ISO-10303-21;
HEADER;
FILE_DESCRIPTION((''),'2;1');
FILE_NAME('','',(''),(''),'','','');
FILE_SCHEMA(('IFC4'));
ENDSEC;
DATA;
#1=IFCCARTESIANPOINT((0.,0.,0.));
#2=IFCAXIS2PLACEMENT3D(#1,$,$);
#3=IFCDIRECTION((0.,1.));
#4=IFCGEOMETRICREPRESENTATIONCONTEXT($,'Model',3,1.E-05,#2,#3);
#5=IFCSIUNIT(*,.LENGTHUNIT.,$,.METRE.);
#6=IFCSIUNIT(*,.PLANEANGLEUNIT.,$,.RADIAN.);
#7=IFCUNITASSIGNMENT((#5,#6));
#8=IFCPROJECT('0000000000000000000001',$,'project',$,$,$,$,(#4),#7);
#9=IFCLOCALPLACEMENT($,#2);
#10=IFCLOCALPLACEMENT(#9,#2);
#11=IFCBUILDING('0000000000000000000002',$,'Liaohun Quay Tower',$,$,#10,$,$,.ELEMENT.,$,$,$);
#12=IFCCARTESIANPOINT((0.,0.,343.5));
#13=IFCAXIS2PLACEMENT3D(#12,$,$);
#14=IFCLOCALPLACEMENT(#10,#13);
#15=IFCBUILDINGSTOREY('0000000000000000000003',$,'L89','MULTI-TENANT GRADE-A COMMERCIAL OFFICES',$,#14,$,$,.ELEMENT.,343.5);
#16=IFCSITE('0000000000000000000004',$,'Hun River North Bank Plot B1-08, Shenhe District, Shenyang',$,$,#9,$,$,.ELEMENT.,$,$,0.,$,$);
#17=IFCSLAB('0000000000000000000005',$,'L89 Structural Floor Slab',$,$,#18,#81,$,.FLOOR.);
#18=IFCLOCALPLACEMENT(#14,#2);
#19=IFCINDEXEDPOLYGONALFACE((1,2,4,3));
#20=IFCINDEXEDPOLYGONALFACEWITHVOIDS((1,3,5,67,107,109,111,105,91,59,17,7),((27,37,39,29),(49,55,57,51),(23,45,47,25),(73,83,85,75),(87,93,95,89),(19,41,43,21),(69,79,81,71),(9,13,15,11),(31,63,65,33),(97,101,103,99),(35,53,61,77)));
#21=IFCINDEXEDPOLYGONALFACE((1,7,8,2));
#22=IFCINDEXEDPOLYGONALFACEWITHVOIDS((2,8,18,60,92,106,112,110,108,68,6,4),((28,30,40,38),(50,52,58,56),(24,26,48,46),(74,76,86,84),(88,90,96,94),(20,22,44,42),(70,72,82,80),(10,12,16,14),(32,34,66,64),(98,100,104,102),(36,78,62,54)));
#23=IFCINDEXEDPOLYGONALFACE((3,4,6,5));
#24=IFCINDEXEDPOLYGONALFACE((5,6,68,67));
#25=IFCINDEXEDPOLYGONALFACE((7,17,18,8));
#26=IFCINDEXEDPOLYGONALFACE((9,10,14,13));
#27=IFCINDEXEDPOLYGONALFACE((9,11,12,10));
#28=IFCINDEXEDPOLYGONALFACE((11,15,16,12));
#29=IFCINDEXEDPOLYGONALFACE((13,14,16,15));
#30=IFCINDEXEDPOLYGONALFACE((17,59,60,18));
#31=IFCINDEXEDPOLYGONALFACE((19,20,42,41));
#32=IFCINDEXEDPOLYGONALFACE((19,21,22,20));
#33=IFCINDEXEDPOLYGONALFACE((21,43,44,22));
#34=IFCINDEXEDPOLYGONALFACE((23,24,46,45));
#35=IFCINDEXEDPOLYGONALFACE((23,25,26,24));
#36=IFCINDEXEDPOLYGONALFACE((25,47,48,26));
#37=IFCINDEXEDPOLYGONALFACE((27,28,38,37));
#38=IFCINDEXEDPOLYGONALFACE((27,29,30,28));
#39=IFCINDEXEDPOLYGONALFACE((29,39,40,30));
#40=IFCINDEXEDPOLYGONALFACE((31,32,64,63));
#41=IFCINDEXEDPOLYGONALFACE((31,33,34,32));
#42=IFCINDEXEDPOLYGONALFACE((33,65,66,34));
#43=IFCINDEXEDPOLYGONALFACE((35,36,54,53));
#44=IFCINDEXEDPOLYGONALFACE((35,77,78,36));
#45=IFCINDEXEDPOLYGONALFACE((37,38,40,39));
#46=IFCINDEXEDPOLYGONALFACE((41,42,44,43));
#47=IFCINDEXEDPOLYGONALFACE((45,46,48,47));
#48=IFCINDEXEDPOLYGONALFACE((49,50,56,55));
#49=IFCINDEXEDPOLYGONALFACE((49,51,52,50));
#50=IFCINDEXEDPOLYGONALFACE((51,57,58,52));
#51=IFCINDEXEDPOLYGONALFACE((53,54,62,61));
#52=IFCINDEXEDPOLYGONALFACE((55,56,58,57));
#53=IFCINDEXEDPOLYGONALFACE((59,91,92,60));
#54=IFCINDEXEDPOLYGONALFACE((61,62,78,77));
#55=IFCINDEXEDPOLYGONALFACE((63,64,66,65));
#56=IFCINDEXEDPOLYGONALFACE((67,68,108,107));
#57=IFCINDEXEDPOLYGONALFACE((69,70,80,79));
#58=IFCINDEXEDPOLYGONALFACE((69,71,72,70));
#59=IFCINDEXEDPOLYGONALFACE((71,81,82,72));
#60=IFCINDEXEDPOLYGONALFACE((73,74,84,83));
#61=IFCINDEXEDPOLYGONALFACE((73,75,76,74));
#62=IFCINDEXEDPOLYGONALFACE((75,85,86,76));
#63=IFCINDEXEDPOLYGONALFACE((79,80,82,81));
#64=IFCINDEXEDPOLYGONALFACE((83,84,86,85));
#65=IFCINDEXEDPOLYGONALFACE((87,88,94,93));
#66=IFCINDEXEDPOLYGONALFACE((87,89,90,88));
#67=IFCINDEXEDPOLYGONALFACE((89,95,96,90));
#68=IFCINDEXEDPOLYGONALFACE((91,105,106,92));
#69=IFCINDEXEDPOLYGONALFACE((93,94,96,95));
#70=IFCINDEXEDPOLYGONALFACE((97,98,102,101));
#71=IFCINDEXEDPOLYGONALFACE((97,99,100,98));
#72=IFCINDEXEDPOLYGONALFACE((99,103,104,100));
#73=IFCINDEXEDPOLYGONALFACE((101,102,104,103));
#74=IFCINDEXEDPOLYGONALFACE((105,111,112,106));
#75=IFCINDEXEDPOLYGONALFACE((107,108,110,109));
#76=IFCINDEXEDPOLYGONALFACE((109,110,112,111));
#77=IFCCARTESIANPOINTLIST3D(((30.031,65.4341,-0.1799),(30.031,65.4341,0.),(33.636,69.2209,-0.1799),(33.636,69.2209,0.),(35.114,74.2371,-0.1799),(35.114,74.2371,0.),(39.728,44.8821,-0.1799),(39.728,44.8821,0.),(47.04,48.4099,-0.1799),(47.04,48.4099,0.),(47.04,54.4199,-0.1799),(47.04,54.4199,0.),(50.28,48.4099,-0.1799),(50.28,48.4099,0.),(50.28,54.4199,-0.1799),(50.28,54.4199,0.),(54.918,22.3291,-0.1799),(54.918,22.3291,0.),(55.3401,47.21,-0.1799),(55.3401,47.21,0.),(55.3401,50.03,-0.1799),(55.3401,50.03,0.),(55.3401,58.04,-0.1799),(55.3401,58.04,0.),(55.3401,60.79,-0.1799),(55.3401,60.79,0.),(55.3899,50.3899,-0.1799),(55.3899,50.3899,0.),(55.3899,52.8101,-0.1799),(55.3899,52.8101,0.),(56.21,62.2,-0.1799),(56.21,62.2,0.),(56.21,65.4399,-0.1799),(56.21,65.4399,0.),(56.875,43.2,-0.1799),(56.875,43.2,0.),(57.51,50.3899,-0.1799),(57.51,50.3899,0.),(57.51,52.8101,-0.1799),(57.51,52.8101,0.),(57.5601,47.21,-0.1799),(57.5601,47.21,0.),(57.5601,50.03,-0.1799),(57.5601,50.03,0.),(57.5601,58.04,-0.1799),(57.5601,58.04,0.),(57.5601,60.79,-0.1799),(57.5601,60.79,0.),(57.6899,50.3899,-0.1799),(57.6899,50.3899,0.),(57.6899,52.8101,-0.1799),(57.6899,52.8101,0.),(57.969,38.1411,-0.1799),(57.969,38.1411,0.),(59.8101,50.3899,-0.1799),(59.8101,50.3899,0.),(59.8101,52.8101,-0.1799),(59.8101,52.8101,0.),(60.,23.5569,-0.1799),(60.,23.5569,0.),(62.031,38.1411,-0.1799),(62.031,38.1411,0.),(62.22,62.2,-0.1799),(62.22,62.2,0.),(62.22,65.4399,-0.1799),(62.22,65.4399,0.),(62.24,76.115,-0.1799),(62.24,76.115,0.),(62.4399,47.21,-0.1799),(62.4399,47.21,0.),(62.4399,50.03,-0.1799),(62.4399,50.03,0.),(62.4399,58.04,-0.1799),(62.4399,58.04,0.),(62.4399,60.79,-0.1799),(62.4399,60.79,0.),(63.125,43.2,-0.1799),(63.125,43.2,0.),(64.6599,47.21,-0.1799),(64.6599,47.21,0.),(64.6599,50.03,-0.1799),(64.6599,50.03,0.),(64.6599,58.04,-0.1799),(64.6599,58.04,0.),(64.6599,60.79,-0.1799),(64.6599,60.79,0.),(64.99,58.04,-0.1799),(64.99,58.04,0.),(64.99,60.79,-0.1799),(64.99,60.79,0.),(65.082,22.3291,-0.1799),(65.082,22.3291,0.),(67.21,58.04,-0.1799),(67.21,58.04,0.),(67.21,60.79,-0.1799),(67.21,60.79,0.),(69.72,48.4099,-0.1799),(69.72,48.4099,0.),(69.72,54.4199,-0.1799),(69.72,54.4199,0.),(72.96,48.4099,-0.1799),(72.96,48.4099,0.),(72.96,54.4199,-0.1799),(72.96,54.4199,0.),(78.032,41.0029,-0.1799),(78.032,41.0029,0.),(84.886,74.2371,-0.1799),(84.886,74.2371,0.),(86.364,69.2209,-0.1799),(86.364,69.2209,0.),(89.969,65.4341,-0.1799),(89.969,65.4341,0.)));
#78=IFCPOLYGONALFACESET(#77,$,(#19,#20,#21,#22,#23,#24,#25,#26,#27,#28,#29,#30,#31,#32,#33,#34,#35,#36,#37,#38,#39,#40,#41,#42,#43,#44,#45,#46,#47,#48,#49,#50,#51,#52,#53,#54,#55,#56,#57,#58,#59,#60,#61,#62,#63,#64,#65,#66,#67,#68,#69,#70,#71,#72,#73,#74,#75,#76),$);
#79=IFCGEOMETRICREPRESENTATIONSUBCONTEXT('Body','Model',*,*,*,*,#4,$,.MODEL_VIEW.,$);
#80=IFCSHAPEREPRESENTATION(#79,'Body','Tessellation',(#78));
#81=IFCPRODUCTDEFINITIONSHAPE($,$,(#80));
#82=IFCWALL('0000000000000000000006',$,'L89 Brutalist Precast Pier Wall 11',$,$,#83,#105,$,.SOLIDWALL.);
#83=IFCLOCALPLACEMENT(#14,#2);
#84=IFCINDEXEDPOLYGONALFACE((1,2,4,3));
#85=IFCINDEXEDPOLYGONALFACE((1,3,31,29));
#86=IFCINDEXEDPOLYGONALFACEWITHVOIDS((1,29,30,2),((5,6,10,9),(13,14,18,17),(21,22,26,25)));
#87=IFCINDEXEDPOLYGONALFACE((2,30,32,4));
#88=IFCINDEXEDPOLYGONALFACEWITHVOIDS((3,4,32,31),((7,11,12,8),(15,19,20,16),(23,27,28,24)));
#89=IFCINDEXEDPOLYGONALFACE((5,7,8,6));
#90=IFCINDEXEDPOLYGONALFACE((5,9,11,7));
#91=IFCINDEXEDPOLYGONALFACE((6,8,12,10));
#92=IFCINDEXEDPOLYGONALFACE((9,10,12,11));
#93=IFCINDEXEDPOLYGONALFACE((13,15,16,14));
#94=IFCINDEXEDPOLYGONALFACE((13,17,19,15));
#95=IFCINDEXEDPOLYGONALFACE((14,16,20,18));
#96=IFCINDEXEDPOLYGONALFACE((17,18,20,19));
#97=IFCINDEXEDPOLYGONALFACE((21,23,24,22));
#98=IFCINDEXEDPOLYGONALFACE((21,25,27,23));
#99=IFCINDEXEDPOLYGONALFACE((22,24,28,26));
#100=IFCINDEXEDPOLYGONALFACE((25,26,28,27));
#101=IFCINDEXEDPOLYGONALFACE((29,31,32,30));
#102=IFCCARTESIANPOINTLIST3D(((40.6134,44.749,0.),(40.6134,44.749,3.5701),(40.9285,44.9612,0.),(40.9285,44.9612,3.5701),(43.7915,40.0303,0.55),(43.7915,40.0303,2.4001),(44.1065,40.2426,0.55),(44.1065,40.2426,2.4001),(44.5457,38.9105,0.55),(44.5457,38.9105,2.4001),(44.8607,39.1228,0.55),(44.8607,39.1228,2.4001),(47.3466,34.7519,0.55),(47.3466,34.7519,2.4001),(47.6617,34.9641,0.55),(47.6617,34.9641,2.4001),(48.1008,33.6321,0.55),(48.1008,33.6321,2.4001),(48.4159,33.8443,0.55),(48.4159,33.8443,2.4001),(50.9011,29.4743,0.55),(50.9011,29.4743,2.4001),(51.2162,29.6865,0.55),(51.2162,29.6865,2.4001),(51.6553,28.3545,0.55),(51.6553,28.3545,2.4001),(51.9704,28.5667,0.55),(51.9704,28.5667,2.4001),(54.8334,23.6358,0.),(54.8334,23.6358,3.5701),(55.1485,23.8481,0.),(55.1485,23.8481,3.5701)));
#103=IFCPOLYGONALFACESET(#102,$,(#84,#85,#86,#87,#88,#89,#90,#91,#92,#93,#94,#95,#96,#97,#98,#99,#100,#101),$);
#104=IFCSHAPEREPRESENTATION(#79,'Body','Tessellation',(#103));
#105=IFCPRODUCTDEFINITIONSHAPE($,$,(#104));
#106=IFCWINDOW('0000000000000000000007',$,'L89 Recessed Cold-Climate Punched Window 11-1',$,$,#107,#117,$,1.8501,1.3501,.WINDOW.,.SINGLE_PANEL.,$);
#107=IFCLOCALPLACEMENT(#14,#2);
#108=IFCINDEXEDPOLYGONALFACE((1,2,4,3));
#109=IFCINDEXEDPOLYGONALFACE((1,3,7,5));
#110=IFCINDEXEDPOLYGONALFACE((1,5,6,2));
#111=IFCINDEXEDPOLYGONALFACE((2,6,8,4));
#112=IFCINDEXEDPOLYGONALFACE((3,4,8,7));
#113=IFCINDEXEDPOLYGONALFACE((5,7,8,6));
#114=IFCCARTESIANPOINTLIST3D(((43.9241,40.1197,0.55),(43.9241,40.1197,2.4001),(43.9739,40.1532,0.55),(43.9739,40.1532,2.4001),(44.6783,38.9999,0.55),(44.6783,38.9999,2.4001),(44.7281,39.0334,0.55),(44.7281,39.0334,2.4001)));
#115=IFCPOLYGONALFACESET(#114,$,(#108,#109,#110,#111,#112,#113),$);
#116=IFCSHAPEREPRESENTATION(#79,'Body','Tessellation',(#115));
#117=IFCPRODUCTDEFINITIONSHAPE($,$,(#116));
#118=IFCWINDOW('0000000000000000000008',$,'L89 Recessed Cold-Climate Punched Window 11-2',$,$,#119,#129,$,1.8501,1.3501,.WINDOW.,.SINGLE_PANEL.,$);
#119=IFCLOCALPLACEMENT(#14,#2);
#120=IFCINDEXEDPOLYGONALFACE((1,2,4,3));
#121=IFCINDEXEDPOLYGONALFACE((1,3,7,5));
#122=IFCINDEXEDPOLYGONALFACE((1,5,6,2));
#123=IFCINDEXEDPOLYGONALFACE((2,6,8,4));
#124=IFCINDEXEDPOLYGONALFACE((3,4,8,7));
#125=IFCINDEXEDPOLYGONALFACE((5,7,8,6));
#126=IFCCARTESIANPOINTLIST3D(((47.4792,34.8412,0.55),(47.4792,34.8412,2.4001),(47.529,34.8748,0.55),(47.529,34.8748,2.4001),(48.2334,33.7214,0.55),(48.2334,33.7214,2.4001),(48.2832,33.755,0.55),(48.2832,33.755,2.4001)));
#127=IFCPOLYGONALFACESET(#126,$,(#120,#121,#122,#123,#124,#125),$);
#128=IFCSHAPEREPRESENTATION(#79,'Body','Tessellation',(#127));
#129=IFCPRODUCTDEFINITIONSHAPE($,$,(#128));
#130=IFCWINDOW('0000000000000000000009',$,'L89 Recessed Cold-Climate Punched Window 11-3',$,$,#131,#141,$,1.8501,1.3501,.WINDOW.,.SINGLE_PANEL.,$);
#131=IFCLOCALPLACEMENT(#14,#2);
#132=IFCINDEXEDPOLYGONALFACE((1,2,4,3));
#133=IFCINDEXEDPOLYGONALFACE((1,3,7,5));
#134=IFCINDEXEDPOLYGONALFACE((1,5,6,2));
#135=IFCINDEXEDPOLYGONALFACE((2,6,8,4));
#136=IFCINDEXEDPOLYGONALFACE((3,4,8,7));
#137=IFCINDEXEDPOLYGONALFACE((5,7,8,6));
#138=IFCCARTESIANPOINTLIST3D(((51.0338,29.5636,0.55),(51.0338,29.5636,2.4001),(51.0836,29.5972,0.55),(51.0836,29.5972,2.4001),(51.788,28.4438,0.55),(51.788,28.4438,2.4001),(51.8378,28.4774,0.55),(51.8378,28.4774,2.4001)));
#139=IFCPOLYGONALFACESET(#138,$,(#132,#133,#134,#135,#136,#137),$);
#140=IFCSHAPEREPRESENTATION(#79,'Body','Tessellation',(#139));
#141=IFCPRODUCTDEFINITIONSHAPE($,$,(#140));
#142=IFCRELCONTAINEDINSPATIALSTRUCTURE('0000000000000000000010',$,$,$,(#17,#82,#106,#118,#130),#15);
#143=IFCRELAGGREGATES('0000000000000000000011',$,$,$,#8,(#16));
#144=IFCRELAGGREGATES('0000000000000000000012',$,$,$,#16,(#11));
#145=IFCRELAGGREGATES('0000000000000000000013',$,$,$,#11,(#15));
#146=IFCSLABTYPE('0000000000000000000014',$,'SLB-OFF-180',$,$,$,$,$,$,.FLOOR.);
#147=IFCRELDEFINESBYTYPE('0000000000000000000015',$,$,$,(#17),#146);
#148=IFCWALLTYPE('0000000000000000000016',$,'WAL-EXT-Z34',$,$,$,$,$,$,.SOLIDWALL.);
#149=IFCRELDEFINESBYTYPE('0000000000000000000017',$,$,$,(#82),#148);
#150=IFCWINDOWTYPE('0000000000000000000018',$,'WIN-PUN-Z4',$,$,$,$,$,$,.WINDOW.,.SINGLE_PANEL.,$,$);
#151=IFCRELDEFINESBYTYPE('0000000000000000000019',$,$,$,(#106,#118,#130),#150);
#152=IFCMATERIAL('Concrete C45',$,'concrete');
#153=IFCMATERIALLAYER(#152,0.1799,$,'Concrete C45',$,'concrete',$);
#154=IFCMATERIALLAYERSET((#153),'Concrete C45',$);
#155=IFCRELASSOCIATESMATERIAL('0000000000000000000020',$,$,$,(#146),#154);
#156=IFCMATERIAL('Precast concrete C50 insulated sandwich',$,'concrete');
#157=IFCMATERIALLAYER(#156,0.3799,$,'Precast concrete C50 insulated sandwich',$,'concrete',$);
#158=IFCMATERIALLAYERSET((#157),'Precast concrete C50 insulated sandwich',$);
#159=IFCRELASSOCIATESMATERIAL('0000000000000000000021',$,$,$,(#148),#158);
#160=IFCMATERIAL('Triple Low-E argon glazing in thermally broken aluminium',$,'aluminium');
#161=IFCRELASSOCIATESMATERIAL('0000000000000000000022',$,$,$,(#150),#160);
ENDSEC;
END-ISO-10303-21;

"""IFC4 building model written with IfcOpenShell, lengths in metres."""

from ifc_helpers import new_model, si_unit, direction, frame, frame_2d, origin, place, context, subcontext, project, spatial, polyline, rectangle, outline, extrude, source, transform, mapped, material, layer, layer_set, type_object, element, fill, save


model = new_model("IFC4")

# Units and contexts
model_context = context("Model", 3, precision=1e-05, world=origin(), true_north=direction((0.0, 1.0)))
body_context = subcontext(model_context, "Body", "Model", "MODEL_VIEW")
ifc_project = project(units=[si_unit("LENGTHUNIT", "METRE"), si_unit("PLANEANGLEUNIT", "RADIAN")], contexts=[model_context])

# Site, building, storey
site_placement = place(None, origin())
site = spatial("IfcSite", under=ifc_project, at=site_placement, Name="Hun River North Bank Plot B1-08, Shenhe District, Shenyang", CompositionType="ELEMENT", RefElevation=0.0)
building_placement = place(site_placement, origin())
building = spatial("IfcBuilding", under=site, at=building_placement, Name="Liaohun Quay Tower", CompositionType="ELEMENT")
storey_placement = place(building_placement, frame((0.0, 0.0, 343.5)))
storey = spatial("IfcBuildingStorey", under=building, at=storey_placement, Name="L89", Description="MULTI-TENANT GRADE-A COMMERCIAL OFFICES", CompositionType="ELEMENT", Elevation=343.5)

# Shared definitions
ifc_material_1 = material(Name="Concrete C45", Category="concrete")

# Slab
ifc_layer_1 = layer(ifc_material_1, 0.1799, Name="Concrete C45", Category="concrete")
ifc_layer_set_1 = layer_set([ifc_layer_1], Name="Concrete C45")
slab_type_1 = type_object("IfcSlabType", Name="SLB-OFF-180", PredefinedType="FLOOR", material=ifc_layer_set_1)
slab_1_placement = place(storey_placement, frame((0.0, 0.0, -0.1799)))
element("IfcSlab", 1, at=slab_1_placement, inside=storey, type_object=slab_type_1, Name="L89 Structural Floor Slab", PredefinedType="FLOOR", context=body_context, shape_type="SweptSolid", body=[
    extrude(outline(polyline([(54.918, 22.3291), (60.0, 23.5569), (65.082, 22.3291), (78.032, 41.0029), (89.969, 65.4341), (86.364, 69.2209), (84.886, 74.2371), (62.24, 76.115), (35.114, 74.2371), (33.636, 69.2209), (30.031, 65.4341), (39.728, 44.8821), (54.918, 22.3291)]), holes=[polyline([(57.5601, 50.03), (55.3401, 50.03), (55.3401, 47.21), (57.5601, 47.21), (57.5601, 50.03)]), polyline([(47.04, 54.4199), (47.04, 48.4099), (50.28, 48.4099), (50.28, 54.4199), (47.04, 54.4199)]), polyline([(57.51, 52.8101), (55.3899, 52.8101), (55.3899, 50.3899), (57.51, 50.3899), (57.51, 52.8101)]), polyline([(59.8101, 50.3899), (59.8101, 52.8101), (57.6899, 52.8101), (57.6899, 50.3899), (59.8101, 50.3899)]), polyline([(57.5601, 58.04), (57.5601, 60.79), (55.3401, 60.79), (55.3401, 58.04), (57.5601, 58.04)]), polyline([(62.22, 65.4399), (56.21, 65.4399), (56.21, 62.2), (62.22, 62.2), (62.22, 65.4399)]), polyline([(62.031, 38.1411), (63.125, 43.2), (56.875, 43.2), (57.969, 38.1411), (62.031, 38.1411)]), polyline([(64.6599, 47.21), (64.6599, 50.03), (62.4399, 50.03), (62.4399, 47.21), (64.6599, 47.21)]), polyline([(69.72, 54.4199), (69.72, 48.4099), (72.96, 48.4099), (72.96, 54.4199), (69.72, 54.4199)]), polyline([(64.6599, 58.04), (64.6599, 60.79), (62.4399, 60.79), (62.4399, 58.04), (64.6599, 58.04)]), polyline([(67.21, 58.04), (67.21, 60.79), (64.99, 60.79), (64.99, 58.04), (67.21, 58.04)])]), origin(), (0.0, 0.0, 1.0), 0.1799),
])

# Wall, openings, windows
ifc_material_2 = material(Name="Precast concrete C50 insulated sandwich", Category="concrete")
ifc_layer_2 = layer(ifc_material_2, 0.3799, Name="Precast concrete C50 insulated sandwich", Category="concrete")
ifc_layer_set_2 = layer_set([ifc_layer_2], Name="Precast concrete C50 insulated sandwich")
wall_type_1 = type_object("IfcWallType", Name="WAL-EXT-Z34", PredefinedType="SOLIDWALL", material=ifc_layer_set_2)
wall_1_placement = place(storey_placement, frame((40.771, 44.855, 0.0), z_axis=(0.0, 0.0, 1.0), x_axis=(0.558627, -0.829419, 0.0)))
wall_1 = element("IfcWall", 2, at=wall_1_placement, inside=storey, type_object=wall_type_1, Name="L89 Brutalist Precast Pier Wall 11", PredefinedType="SOLIDWALL", context=body_context, shape_type="SweptSolid", body=[
    extrude(rectangle(XDim=25.4553, YDim=0.3799, at=frame_2d((12.7275, 0.0))), origin(), (0.0, 0.0, 1.0), 3.5701),
])
shared_shape_1 = source(origin(), body_context, "Body", "SweptSolid", [
    extrude(rectangle(XDim=1.3501, YDim=1.8501, at=frame_2d((0.675, 0.925))), frame((0.0, 0.2, 0.0), z_axis=(0.0, -1.0, 0.0), x_axis=(1.0, 0.0, 0.0)), (0.0, 0.0, 1.0), 0.3999),
])
opening_1_placement = place(wall_1_placement, frame((5.689, 0.0, 0.55)))
opening_1 = element("IfcOpeningElement", 3, at=opening_1_placement, cuts=wall_1, PredefinedType="OPENING", context=body_context, shape_type="MappedRepresentation", body=[
    mapped(shared_shape_1, transform((0.0, 0.0, 0.0), x_axis=(1.0, 0.0, 0.0), y_axis=(0.0, 1.0, 0.0), z_axis=(0.0, 0.0, 1.0), scale=1.0)),
])
opening_2_placement = place(wall_1_placement, frame((12.053, 0.0, 0.55)))
opening_2 = element("IfcOpeningElement", 4, at=opening_2_placement, cuts=wall_1, PredefinedType="OPENING", context=body_context, shape_type="MappedRepresentation", body=[
    mapped(shared_shape_1, transform((0.0, 0.0, 0.0), x_axis=(1.0, 0.0, 0.0), y_axis=(0.0, 1.0, 0.0), z_axis=(0.0, 0.0, 1.0), scale=1.0)),
])
opening_3_placement = place(wall_1_placement, frame((18.416, 0.0, 0.55)))
opening_3 = element("IfcOpeningElement", 5, at=opening_3_placement, cuts=wall_1, PredefinedType="OPENING", context=body_context, shape_type="MappedRepresentation", body=[
    mapped(shared_shape_1, transform((0.0, 0.0, 0.0), x_axis=(1.0, 0.0, 0.0), y_axis=(0.0, 1.0, 0.0), z_axis=(0.0, 0.0, 1.0), scale=1.0)),
])
ifc_material_3 = material(Name="Triple Low-E argon glazing in thermally broken aluminium", Category="aluminium")
window_type = type_object("IfcWindowType", Name="WIN-PUN-Z4", PartitioningType="SINGLE_PANEL", PredefinedType="WINDOW", material=ifc_material_3)
shared_shape_2 = source(origin(), body_context, "Body", "SweptSolid", [
    extrude(rectangle(XDim=1.3501, YDim=1.8501, at=frame_2d((0.675, 0.925))), frame((0.0, 0.03, 0.0), z_axis=(0.0, -1.0, 0.0), x_axis=(1.0, 0.0, 0.0)), (0.0, 0.0, 1.0), 0.0601),
])
window_1_placement = place(opening_1_placement, origin())
window_1 = element("IfcWindow", 6, at=window_1_placement, inside=storey, type_object=window_type, Name="L89 Recessed Cold-Climate Punched Window 11-1", OverallHeight=1.8501, OverallWidth=1.3501, PartitioningType="SINGLE_PANEL", PredefinedType="WINDOW", context=body_context, shape_type="MappedRepresentation", body=[
    mapped(shared_shape_2, transform((0.0, 0.0, 0.0), x_axis=(1.0, 0.0, 0.0), y_axis=(0.0, 1.0, 0.0), z_axis=(0.0, 0.0, 1.0), scale=1.0)),
])
fill(opening_1, window_1)
window_2_placement = place(opening_2_placement, origin())
window_2 = element("IfcWindow", 7, at=window_2_placement, inside=storey, type_object=window_type, Name="L89 Recessed Cold-Climate Punched Window 11-2", OverallHeight=1.8501, OverallWidth=1.3501, PartitioningType="SINGLE_PANEL", PredefinedType="WINDOW", context=body_context, shape_type="MappedRepresentation", body=[
    mapped(shared_shape_2, transform((0.0, 0.0, 0.0), x_axis=(1.0, 0.0, 0.0), y_axis=(0.0, 1.0, 0.0), z_axis=(0.0, 0.0, 1.0), scale=1.0)),
])
fill(opening_2, window_2)
window_3_placement = place(opening_3_placement, origin())
window_3 = element("IfcWindow", 8, at=window_3_placement, inside=storey, type_object=window_type, Name="L89 Recessed Cold-Climate Punched Window 11-3", OverallHeight=1.8501, OverallWidth=1.3501, PartitioningType="SINGLE_PANEL", PredefinedType="WINDOW", context=body_context, shape_type="MappedRepresentation", body=[
    mapped(shared_shape_2, transform((0.0, 0.0, 0.0), x_axis=(1.0, 0.0, 0.0), y_axis=(0.0, 1.0, 0.0), z_axis=(0.0, 0.0, 1.0), scale=1.0)),
])
fill(opening_3, window_3)

save(model, "model.ifc")
